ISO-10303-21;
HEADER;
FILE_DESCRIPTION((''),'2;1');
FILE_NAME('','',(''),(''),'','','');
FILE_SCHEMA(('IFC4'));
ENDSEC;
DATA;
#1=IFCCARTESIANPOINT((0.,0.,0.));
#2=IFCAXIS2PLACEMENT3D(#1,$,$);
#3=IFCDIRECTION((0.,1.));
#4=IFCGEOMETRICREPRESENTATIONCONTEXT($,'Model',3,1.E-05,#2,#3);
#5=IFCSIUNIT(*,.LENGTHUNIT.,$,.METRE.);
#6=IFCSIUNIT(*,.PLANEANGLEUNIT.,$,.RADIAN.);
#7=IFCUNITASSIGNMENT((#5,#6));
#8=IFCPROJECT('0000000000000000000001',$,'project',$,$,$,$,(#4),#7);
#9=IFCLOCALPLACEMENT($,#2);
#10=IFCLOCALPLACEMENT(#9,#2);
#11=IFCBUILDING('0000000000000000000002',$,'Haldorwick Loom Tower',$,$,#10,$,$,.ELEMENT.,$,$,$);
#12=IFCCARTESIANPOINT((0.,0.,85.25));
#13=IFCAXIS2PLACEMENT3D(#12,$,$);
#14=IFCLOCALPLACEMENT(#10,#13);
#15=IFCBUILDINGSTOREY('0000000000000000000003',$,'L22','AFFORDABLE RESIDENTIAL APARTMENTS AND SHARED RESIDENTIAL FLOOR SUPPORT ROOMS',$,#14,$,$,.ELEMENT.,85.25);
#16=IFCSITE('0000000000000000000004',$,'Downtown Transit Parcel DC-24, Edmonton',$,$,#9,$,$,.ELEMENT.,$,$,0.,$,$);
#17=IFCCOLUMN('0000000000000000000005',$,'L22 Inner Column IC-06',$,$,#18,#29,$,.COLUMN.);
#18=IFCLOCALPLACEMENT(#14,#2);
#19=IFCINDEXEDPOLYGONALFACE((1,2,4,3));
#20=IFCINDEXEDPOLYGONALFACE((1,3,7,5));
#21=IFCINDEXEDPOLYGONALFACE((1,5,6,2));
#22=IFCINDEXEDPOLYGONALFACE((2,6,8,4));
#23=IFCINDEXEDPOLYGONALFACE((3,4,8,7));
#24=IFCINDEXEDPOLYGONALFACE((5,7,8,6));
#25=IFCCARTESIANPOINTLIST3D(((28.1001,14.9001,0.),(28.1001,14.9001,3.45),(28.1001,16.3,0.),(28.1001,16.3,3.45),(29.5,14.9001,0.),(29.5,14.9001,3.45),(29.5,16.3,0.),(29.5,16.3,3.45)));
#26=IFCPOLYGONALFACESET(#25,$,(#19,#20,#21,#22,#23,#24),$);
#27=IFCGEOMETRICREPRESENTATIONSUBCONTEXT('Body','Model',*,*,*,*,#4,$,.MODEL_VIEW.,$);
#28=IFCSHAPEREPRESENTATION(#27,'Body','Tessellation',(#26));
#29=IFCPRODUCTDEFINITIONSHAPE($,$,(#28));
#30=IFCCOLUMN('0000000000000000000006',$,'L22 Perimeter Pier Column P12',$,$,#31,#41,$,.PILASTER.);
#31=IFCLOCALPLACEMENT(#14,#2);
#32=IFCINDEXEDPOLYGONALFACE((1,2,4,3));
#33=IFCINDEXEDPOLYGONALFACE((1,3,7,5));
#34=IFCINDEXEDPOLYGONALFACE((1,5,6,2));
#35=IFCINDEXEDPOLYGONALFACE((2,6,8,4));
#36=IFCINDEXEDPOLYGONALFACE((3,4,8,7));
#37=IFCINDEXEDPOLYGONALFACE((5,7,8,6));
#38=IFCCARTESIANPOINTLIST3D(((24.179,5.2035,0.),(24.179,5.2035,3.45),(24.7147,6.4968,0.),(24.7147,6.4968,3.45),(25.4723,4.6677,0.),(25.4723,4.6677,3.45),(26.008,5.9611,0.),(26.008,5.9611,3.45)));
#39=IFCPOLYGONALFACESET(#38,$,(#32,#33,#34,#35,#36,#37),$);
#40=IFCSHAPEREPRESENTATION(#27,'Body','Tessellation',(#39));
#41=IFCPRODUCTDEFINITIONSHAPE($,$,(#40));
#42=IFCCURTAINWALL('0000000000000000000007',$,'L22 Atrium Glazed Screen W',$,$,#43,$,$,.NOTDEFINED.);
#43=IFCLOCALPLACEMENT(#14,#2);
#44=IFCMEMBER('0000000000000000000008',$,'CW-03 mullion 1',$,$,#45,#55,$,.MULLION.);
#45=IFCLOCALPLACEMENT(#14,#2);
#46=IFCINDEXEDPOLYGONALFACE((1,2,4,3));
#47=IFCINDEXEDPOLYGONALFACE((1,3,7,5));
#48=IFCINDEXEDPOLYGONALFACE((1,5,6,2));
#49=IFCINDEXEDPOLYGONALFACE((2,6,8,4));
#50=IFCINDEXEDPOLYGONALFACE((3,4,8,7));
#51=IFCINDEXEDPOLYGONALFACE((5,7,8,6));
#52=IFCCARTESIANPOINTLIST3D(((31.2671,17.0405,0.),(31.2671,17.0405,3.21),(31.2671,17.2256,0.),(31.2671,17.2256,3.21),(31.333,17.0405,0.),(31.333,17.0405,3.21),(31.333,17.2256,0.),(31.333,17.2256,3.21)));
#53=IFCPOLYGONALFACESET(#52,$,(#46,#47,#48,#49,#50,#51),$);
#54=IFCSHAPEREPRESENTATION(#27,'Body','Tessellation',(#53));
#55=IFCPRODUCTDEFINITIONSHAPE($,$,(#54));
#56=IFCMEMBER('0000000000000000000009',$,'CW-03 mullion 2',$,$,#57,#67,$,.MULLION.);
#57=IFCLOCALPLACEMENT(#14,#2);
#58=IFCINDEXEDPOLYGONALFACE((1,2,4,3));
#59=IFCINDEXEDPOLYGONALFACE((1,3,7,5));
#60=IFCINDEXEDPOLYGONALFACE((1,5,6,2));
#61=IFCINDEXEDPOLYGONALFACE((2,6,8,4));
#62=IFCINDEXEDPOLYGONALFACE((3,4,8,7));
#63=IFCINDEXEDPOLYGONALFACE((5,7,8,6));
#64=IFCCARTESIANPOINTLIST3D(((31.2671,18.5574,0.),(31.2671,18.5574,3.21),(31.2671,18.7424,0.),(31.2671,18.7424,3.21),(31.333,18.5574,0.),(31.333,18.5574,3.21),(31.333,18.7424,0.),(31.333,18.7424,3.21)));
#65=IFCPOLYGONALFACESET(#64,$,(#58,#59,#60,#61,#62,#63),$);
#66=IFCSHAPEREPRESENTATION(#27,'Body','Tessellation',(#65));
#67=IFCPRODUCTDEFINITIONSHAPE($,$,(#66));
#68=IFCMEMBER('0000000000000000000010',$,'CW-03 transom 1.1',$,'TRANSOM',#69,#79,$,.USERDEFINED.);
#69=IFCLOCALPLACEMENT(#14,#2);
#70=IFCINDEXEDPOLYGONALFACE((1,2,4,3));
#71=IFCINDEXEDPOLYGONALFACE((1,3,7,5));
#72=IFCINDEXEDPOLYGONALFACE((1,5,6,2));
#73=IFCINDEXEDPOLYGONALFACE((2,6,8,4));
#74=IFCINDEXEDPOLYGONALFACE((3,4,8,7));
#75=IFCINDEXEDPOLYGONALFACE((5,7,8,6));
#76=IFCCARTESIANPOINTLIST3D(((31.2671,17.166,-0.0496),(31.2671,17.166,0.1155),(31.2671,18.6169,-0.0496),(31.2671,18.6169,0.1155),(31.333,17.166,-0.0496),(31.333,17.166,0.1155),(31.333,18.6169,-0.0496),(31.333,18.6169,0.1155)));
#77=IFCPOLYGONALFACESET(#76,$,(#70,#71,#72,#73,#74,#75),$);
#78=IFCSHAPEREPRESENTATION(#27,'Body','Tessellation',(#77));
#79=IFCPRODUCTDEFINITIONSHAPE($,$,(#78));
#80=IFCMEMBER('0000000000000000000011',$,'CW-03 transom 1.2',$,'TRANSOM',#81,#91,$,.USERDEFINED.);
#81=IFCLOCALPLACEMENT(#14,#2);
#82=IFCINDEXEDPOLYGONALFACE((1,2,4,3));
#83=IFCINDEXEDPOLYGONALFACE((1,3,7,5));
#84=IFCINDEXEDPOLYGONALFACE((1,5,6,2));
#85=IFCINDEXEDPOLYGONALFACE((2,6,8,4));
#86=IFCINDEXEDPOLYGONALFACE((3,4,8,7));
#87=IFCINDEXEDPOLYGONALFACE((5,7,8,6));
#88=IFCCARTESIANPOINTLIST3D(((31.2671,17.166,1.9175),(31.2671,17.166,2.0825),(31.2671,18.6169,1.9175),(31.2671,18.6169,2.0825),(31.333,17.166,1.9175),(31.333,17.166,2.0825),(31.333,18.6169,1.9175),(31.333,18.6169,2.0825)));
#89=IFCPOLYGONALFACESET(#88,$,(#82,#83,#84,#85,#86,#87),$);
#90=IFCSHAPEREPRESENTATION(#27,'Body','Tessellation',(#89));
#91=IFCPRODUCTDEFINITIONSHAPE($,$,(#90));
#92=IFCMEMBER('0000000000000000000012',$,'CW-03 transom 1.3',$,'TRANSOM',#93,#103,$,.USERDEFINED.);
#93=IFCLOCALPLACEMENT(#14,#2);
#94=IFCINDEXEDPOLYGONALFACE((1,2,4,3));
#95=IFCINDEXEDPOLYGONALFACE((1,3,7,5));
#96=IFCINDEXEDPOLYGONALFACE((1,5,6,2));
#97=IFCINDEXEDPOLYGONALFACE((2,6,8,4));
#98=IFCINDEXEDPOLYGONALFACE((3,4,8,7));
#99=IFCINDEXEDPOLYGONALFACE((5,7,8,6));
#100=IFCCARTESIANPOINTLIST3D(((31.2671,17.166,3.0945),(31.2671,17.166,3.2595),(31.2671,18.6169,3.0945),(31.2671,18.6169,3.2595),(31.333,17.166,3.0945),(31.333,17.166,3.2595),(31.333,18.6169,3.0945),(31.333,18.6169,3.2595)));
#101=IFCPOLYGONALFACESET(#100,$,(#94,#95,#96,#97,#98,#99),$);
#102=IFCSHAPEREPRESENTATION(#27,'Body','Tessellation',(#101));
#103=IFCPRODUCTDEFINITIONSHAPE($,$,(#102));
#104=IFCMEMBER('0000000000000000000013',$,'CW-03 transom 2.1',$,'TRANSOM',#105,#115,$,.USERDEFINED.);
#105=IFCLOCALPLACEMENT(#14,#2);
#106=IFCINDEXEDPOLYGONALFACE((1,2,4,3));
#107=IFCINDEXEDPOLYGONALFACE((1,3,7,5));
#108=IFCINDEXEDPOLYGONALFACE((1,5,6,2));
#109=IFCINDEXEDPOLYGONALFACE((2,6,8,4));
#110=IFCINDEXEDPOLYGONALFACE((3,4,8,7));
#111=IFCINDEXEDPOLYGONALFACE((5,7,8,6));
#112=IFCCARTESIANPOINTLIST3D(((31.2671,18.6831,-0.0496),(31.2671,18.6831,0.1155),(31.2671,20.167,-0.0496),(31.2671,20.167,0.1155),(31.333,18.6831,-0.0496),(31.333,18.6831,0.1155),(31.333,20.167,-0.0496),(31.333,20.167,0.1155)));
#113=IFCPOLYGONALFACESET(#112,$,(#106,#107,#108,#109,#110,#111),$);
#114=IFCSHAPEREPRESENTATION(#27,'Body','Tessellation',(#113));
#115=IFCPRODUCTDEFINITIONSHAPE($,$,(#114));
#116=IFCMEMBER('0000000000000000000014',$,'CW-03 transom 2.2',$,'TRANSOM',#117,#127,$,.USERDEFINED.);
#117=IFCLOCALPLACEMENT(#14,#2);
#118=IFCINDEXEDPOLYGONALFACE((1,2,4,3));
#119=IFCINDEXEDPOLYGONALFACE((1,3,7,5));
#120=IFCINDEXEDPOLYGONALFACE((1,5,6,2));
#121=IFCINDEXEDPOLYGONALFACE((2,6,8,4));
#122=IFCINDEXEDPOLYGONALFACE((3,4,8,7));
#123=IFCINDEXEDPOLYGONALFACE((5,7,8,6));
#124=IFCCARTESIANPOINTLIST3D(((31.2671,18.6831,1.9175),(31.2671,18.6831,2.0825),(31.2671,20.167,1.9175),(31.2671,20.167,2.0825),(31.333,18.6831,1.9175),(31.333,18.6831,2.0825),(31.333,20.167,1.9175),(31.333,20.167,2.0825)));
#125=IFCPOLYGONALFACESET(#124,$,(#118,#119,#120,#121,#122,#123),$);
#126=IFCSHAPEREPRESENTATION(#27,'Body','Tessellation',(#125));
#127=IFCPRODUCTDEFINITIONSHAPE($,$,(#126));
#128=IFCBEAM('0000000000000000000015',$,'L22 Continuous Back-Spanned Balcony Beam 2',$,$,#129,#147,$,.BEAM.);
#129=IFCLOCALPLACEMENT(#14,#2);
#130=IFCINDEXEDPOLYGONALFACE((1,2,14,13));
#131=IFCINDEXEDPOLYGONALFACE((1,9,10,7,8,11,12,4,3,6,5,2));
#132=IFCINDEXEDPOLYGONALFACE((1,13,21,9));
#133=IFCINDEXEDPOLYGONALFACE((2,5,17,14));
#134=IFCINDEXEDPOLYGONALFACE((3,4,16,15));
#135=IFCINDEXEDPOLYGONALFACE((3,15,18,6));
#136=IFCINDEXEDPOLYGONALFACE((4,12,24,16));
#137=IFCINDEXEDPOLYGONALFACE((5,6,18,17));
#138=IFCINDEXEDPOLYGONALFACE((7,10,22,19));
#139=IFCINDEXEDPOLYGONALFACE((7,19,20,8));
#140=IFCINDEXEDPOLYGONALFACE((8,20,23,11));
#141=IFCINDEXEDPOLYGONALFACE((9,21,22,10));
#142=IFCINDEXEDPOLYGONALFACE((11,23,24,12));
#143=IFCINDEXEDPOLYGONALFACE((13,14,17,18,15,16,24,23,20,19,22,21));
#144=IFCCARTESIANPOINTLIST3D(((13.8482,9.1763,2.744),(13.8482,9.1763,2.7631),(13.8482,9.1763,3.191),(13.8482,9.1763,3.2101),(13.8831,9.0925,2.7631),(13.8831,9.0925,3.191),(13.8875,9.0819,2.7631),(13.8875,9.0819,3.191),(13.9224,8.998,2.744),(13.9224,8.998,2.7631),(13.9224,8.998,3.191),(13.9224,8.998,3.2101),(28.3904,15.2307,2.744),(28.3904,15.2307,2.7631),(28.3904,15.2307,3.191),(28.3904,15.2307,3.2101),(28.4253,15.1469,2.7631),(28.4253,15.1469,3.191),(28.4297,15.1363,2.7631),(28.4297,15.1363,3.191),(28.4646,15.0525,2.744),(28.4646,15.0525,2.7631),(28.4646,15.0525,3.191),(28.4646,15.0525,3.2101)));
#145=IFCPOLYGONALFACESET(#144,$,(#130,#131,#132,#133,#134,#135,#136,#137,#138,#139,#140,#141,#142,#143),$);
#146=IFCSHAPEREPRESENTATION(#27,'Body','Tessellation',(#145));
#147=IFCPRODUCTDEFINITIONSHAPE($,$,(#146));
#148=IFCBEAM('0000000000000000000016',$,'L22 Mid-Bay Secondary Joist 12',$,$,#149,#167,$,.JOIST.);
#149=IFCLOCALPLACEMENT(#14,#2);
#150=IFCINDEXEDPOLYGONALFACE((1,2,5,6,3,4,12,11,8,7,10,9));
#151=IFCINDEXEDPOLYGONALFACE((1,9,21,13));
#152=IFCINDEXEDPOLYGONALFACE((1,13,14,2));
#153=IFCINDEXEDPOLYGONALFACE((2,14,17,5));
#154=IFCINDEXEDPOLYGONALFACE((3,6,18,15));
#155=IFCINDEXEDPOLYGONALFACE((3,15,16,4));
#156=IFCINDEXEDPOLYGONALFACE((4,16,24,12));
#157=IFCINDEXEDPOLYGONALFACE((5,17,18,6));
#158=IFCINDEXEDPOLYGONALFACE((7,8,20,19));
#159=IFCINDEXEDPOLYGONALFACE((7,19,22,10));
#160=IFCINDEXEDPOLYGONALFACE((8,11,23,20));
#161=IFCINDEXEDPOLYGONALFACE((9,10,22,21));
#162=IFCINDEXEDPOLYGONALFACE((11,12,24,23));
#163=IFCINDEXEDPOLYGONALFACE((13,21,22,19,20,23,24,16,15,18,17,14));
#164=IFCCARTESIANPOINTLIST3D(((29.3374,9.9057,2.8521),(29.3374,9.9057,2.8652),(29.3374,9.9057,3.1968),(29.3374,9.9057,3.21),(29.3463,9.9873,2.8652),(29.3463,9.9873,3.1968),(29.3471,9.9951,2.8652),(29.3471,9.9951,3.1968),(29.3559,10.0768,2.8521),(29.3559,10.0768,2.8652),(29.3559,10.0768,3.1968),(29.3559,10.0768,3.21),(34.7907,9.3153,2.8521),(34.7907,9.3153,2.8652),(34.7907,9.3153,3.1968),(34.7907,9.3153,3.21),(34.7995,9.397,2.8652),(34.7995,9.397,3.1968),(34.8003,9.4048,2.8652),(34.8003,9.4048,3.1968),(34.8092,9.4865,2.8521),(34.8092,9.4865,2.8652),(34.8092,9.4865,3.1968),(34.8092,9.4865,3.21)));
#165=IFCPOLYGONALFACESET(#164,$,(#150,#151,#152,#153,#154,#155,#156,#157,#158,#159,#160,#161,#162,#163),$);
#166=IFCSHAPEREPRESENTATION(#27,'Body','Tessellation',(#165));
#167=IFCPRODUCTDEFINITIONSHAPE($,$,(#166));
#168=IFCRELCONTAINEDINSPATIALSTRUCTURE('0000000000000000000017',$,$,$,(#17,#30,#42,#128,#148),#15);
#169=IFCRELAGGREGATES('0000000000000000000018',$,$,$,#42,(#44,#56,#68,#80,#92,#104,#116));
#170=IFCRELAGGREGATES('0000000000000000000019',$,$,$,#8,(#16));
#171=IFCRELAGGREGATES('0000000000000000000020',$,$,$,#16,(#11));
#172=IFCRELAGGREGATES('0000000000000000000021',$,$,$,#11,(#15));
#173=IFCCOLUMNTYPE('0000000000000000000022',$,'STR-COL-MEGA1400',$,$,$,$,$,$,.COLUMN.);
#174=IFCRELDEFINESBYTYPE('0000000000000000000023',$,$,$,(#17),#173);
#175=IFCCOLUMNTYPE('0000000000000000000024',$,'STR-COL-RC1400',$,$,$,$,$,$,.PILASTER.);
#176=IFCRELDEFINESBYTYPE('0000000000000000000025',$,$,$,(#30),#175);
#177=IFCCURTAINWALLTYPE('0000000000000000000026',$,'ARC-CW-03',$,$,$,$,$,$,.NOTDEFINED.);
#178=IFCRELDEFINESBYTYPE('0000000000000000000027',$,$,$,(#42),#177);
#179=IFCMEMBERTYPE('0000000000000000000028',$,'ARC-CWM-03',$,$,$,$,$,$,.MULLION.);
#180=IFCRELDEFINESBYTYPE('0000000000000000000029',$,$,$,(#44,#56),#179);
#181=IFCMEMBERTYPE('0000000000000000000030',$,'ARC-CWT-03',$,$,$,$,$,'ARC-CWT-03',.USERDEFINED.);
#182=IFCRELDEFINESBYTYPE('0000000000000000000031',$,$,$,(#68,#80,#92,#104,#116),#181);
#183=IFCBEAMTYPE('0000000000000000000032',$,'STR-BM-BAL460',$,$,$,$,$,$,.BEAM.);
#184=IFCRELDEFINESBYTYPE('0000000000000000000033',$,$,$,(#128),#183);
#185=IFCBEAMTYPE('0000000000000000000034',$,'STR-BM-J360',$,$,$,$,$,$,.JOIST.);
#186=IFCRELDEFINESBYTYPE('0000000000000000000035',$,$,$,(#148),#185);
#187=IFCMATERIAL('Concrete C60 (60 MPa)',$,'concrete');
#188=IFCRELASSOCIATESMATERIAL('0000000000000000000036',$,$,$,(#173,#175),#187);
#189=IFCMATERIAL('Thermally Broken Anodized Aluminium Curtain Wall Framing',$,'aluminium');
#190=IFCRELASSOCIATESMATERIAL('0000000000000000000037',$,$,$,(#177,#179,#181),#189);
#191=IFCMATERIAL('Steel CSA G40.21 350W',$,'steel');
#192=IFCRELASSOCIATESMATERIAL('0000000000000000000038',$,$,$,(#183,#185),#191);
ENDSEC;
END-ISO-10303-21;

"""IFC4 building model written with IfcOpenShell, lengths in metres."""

from ifc_helpers import new_model, si_unit, direction, frame, origin, origin_2d, place, context, subcontext, project, spatial, rectangle, i_section, extrude, material, material_profile, profile_set, type_object, element, aggregate, save


model = new_model("IFC4")

# Units and contexts
model_context = context("Model", 3, precision=1e-05, world=origin(), true_north=direction((0.0, 1.0)))
body_context = subcontext(model_context, "Body", "Model", "MODEL_VIEW")
ifc_project = project(units=[si_unit("LENGTHUNIT", "METRE"), si_unit("PLANEANGLEUNIT", "RADIAN")], contexts=[model_context])

# Site, building, storey
site_placement = place(None, origin())
site = spatial("IfcSite", under=ifc_project, at=site_placement, Name="Downtown Transit Parcel DC-24, Edmonton", CompositionType="ELEMENT", RefElevation=0.0)
building_placement = place(site_placement, origin())
building = spatial("IfcBuilding", under=site, at=building_placement, Name="Haldorwick Loom Tower", CompositionType="ELEMENT")
storey_placement = place(building_placement, frame((0.0, 0.0, 85.25)))
storey = spatial("IfcBuildingStorey", under=building, at=storey_placement, Name="L22", Description="AFFORDABLE RESIDENTIAL APARTMENTS AND SHARED RESIDENTIAL FLOOR SUPPORT ROOMS", CompositionType="ELEMENT", Elevation=85.25)

# Columns
ifc_material_1 = material(Name="Concrete C60 (60 MPa)", Category="concrete")
ifc_material_profile_1 = material_profile(ifc_material_1, rectangle(XDim=1.3999, YDim=1.3999, at=origin_2d()), Name="RC1400X1400", Category="concrete")
ifc_profile_set_1 = profile_set([ifc_material_profile_1], Name="Concrete C60 (60 MPa)")
column_type_1 = type_object("IfcColumnType", Name="STR-COL-MEGA1400", PredefinedType="COLUMN", material=ifc_profile_set_1)
column_1_placement = place(storey_placement, frame((28.8, 15.6001, 0.0), z_axis=(0.0, 0.0, 1.0), x_axis=(1.0, 0.0, 0.0)))
element("IfcColumn", 1, at=column_1_placement, inside=storey, type_object=column_type_1, Name="L22 Inner Column IC-06", PredefinedType="COLUMN", context=body_context, shape_type="SweptSolid", body=[
    extrude(rectangle(XDim=1.3999, YDim=1.3999, at=origin_2d()), origin(), (0.0, 0.0, 1.0), 3.45),
])
ifc_material_profile_2 = material_profile(ifc_material_1, rectangle(XDim=1.3999, YDim=1.3999, at=origin_2d()), Name="RC1400X1400", Category="concrete")
ifc_profile_set_2 = profile_set([ifc_material_profile_2], Name="Concrete C60 (60 MPa)")
column_type_2 = type_object("IfcColumnType", Name="STR-COL-RC1400", PredefinedType="PILASTER", material=ifc_profile_set_2)
column_2_placement = place(storey_placement, frame((25.0935, 5.5823, 0.0), z_axis=(0.0, 0.0, 1.0), x_axis=(-0.382683, -0.92388, 0.0)))
element("IfcColumn", 2, at=column_2_placement, inside=storey, type_object=column_type_2, Name="L22 Perimeter Pier Column P12", PredefinedType="PILASTER", context=body_context, shape_type="SweptSolid", body=[
    extrude(rectangle(XDim=1.3999, YDim=1.3999, at=origin_2d()), origin(), (0.0, 0.0, 1.0), 3.45),
])

# Curtain wall, members
ifc_material_2 = material(Name="Thermally Broken Anodized Aluminium Curtain Wall Framing", Category="aluminium")
curtain_wall_type = type_object("IfcCurtainWallType", Name="ARC-CW-03", PredefinedType="NOTDEFINED", material=ifc_material_2)
curtain_wall_placement = place(storey_placement, origin())
curtain_wall = element("IfcCurtainWall", 3, at=curtain_wall_placement, inside=storey, type_object=curtain_wall_type, Name="L22 Atrium Glazed Screen W", PredefinedType="NOTDEFINED")
ifc_material_profile_3 = material_profile(ifc_material_2, rectangle(XDim=0.0659, YDim=0.1851, at=origin_2d()), Name="ALU_MUL_66X185", Category="aluminium")
ifc_profile_set_3 = profile_set([ifc_material_profile_3], Name="Thermally Broken Anodized Aluminium Curtain Wall Framing")
member_type_1 = type_object("IfcMemberType", Name="ARC-CWM-03", PredefinedType="MULLION", material=ifc_profile_set_3)
member_1_placement = place(storey_placement, frame((31.3, 17.1331, 0.0), z_axis=(0.0, 0.0, 1.0), x_axis=(-1.0, 0.0, 0.0)))
member_1 = element("IfcMember", 4, at=member_1_placement, type_object=member_type_1, Name="CW-03 mullion 1", PredefinedType="MULLION", context=body_context, shape_type="SweptSolid", body=[
    extrude(rectangle(XDim=0.0659, YDim=0.1851, at=origin_2d()), origin(), (0.0, 0.0, 1.0), 3.21),
])
member_2_placement = place(storey_placement, frame((31.3, 18.6499, 0.0), z_axis=(0.0, 0.0, 1.0), x_axis=(-1.0, 0.0, 0.0)))
member_2 = element("IfcMember", 5, at=member_2_placement, type_object=member_type_1, Name="CW-03 mullion 2", PredefinedType="MULLION", context=body_context, shape_type="SweptSolid", body=[
    extrude(rectangle(XDim=0.0659, YDim=0.1851, at=origin_2d()), origin(), (0.0, 0.0, 1.0), 3.21),
])
ifc_material_profile_4 = material_profile(ifc_material_2, rectangle(XDim=0.0659, YDim=0.165, at=origin_2d()), Name="ALU_TRN_66X165", Category="aluminium")
ifc_profile_set_4 = profile_set([ifc_material_profile_4], Name="Thermally Broken Anodized Aluminium Curtain Wall Framing")
member_type_2 = type_object("IfcMemberType", Name="ARC-CWT-03", ElementType="ARC-CWT-03", PredefinedType="USERDEFINED", material=ifc_profile_set_4)
member_3_placement = place(storey_placement, frame((31.3, 17.166, 0.033), z_axis=(0.0, 1.0, 0.0), x_axis=(-1.0, 0.0, 0.0)))
member_3 = element("IfcMember", 6, at=member_3_placement, type_object=member_type_2, Name="CW-03 transom 1.1", ObjectType="TRANSOM", PredefinedType="USERDEFINED", context=body_context, shape_type="SweptSolid", body=[
    extrude(rectangle(XDim=0.0659, YDim=0.165, at=origin_2d()), origin(), (0.0, 0.0, 1.0), 1.4509),
])
member_4_placement = place(storey_placement, frame((31.3, 17.166, 2.0), z_axis=(0.0, 1.0, 0.0), x_axis=(-1.0, 0.0, 0.0)))
member_4 = element("IfcMember", 7, at=member_4_placement, type_object=member_type_2, Name="CW-03 transom 1.2", ObjectType="TRANSOM", PredefinedType="USERDEFINED", context=body_context, shape_type="SweptSolid", body=[
    extrude(rectangle(XDim=0.0659, YDim=0.165, at=origin_2d()), origin(), (0.0, 0.0, 1.0), 1.4509),
])
member_5_placement = place(storey_placement, frame((31.3, 17.166, 3.177), z_axis=(0.0, 1.0, 0.0), x_axis=(-1.0, 0.0, 0.0)))
member_5 = element("IfcMember", 8, at=member_5_placement, type_object=member_type_2, Name="CW-03 transom 1.3", ObjectType="TRANSOM", PredefinedType="USERDEFINED", context=body_context, shape_type="SweptSolid", body=[
    extrude(rectangle(XDim=0.0659, YDim=0.165, at=origin_2d()), origin(), (0.0, 0.0, 1.0), 1.4509),
])
member_6_placement = place(storey_placement, frame((31.3, 18.6831, 0.033), z_axis=(0.0, 1.0, 0.0), x_axis=(-1.0, 0.0, 0.0)))
member_6 = element("IfcMember", 9, at=member_6_placement, type_object=member_type_2, Name="CW-03 transom 2.1", ObjectType="TRANSOM", PredefinedType="USERDEFINED", context=body_context, shape_type="SweptSolid", body=[
    extrude(rectangle(XDim=0.0659, YDim=0.165, at=origin_2d()), origin(), (0.0, 0.0, 1.0), 1.4839),
])
member_7_placement = place(storey_placement, frame((31.3, 18.6831, 2.0), z_axis=(0.0, 1.0, 0.0), x_axis=(-1.0, 0.0, 0.0)))
member_7 = element("IfcMember", 10, at=member_7_placement, type_object=member_type_2, Name="CW-03 transom 2.2", ObjectType="TRANSOM", PredefinedType="USERDEFINED", context=body_context, shape_type="SweptSolid", body=[
    extrude(rectangle(XDim=0.0659, YDim=0.165, at=origin_2d()), origin(), (0.0, 0.0, 1.0), 1.4839),
])

# Beams
ifc_material_3 = material(Name="Steel CSA G40.21 350W", Category="steel")
ifc_material_profile_5 = material_profile(ifc_material_3, i_section(OverallWidth=0.1931, OverallDepth=0.4661, WebThickness=0.0115, FlangeThickness=0.019, at=origin_2d()), Name="W460X97", Category="steel")
ifc_profile_set_5 = profile_set([ifc_material_profile_5], Name="Steel CSA G40.21 350W")
beam_type_1 = type_object("IfcBeamType", Name="STR-BM-BAL460", PredefinedType="BEAM", material=ifc_profile_set_5)
beam_1_placement = place(storey_placement, frame((28.4275, 15.1416, 2.9771), z_axis=(-0.923186, -0.384355, 0.0), x_axis=(0.384355, -0.923186, 0.0)))
element("IfcBeam", 11, at=beam_1_placement, inside=storey, type_object=beam_type_1, Name="L22 Continuous Back-Spanned Balcony Beam 2", PredefinedType="BEAM", context=body_context, shape_type="SweptSolid", body=[
    extrude(i_section(OverallWidth=0.1931, OverallDepth=0.4661, WebThickness=0.0115, FlangeThickness=0.019, at=origin_2d()), origin(), (0.0, 0.0, 1.0), 15.7522),
])
ifc_material_profile_6 = material_profile(ifc_material_3, i_section(OverallWidth=0.1721, OverallDepth=0.3579, WebThickness=0.0078, FlangeThickness=0.0132, at=origin_2d()), Name="W360X57", Category="steel")
ifc_profile_set_6 = profile_set([ifc_material_profile_6], Name="Steel CSA G40.21 350W")
beam_type_2 = type_object("IfcBeamType", Name="STR-BM-J360", PredefinedType="JOIST", material=ifc_profile_set_6)
beam_2_placement = place(storey_placement, frame((29.3467, 9.9912, 3.031), z_axis=(0.994192, -0.107622, 0.0), x_axis=(0.107622, 0.994192, 0.0)))
element("IfcBeam", 12, at=beam_2_placement, inside=storey, type_object=beam_type_2, Name="L22 Mid-Bay Secondary Joist 12", PredefinedType="JOIST", context=body_context, shape_type="SweptSolid", body=[
    extrude(i_section(OverallWidth=0.1721, OverallDepth=0.3579, WebThickness=0.0078, FlangeThickness=0.0132, at=origin_2d()), origin(), (0.0, 0.0, 1.0), 5.4851),
])

aggregate(curtain_wall, [member_1, member_2, member_3, member_4, member_5, member_6, member_7])

save(model, "model.ifc")
